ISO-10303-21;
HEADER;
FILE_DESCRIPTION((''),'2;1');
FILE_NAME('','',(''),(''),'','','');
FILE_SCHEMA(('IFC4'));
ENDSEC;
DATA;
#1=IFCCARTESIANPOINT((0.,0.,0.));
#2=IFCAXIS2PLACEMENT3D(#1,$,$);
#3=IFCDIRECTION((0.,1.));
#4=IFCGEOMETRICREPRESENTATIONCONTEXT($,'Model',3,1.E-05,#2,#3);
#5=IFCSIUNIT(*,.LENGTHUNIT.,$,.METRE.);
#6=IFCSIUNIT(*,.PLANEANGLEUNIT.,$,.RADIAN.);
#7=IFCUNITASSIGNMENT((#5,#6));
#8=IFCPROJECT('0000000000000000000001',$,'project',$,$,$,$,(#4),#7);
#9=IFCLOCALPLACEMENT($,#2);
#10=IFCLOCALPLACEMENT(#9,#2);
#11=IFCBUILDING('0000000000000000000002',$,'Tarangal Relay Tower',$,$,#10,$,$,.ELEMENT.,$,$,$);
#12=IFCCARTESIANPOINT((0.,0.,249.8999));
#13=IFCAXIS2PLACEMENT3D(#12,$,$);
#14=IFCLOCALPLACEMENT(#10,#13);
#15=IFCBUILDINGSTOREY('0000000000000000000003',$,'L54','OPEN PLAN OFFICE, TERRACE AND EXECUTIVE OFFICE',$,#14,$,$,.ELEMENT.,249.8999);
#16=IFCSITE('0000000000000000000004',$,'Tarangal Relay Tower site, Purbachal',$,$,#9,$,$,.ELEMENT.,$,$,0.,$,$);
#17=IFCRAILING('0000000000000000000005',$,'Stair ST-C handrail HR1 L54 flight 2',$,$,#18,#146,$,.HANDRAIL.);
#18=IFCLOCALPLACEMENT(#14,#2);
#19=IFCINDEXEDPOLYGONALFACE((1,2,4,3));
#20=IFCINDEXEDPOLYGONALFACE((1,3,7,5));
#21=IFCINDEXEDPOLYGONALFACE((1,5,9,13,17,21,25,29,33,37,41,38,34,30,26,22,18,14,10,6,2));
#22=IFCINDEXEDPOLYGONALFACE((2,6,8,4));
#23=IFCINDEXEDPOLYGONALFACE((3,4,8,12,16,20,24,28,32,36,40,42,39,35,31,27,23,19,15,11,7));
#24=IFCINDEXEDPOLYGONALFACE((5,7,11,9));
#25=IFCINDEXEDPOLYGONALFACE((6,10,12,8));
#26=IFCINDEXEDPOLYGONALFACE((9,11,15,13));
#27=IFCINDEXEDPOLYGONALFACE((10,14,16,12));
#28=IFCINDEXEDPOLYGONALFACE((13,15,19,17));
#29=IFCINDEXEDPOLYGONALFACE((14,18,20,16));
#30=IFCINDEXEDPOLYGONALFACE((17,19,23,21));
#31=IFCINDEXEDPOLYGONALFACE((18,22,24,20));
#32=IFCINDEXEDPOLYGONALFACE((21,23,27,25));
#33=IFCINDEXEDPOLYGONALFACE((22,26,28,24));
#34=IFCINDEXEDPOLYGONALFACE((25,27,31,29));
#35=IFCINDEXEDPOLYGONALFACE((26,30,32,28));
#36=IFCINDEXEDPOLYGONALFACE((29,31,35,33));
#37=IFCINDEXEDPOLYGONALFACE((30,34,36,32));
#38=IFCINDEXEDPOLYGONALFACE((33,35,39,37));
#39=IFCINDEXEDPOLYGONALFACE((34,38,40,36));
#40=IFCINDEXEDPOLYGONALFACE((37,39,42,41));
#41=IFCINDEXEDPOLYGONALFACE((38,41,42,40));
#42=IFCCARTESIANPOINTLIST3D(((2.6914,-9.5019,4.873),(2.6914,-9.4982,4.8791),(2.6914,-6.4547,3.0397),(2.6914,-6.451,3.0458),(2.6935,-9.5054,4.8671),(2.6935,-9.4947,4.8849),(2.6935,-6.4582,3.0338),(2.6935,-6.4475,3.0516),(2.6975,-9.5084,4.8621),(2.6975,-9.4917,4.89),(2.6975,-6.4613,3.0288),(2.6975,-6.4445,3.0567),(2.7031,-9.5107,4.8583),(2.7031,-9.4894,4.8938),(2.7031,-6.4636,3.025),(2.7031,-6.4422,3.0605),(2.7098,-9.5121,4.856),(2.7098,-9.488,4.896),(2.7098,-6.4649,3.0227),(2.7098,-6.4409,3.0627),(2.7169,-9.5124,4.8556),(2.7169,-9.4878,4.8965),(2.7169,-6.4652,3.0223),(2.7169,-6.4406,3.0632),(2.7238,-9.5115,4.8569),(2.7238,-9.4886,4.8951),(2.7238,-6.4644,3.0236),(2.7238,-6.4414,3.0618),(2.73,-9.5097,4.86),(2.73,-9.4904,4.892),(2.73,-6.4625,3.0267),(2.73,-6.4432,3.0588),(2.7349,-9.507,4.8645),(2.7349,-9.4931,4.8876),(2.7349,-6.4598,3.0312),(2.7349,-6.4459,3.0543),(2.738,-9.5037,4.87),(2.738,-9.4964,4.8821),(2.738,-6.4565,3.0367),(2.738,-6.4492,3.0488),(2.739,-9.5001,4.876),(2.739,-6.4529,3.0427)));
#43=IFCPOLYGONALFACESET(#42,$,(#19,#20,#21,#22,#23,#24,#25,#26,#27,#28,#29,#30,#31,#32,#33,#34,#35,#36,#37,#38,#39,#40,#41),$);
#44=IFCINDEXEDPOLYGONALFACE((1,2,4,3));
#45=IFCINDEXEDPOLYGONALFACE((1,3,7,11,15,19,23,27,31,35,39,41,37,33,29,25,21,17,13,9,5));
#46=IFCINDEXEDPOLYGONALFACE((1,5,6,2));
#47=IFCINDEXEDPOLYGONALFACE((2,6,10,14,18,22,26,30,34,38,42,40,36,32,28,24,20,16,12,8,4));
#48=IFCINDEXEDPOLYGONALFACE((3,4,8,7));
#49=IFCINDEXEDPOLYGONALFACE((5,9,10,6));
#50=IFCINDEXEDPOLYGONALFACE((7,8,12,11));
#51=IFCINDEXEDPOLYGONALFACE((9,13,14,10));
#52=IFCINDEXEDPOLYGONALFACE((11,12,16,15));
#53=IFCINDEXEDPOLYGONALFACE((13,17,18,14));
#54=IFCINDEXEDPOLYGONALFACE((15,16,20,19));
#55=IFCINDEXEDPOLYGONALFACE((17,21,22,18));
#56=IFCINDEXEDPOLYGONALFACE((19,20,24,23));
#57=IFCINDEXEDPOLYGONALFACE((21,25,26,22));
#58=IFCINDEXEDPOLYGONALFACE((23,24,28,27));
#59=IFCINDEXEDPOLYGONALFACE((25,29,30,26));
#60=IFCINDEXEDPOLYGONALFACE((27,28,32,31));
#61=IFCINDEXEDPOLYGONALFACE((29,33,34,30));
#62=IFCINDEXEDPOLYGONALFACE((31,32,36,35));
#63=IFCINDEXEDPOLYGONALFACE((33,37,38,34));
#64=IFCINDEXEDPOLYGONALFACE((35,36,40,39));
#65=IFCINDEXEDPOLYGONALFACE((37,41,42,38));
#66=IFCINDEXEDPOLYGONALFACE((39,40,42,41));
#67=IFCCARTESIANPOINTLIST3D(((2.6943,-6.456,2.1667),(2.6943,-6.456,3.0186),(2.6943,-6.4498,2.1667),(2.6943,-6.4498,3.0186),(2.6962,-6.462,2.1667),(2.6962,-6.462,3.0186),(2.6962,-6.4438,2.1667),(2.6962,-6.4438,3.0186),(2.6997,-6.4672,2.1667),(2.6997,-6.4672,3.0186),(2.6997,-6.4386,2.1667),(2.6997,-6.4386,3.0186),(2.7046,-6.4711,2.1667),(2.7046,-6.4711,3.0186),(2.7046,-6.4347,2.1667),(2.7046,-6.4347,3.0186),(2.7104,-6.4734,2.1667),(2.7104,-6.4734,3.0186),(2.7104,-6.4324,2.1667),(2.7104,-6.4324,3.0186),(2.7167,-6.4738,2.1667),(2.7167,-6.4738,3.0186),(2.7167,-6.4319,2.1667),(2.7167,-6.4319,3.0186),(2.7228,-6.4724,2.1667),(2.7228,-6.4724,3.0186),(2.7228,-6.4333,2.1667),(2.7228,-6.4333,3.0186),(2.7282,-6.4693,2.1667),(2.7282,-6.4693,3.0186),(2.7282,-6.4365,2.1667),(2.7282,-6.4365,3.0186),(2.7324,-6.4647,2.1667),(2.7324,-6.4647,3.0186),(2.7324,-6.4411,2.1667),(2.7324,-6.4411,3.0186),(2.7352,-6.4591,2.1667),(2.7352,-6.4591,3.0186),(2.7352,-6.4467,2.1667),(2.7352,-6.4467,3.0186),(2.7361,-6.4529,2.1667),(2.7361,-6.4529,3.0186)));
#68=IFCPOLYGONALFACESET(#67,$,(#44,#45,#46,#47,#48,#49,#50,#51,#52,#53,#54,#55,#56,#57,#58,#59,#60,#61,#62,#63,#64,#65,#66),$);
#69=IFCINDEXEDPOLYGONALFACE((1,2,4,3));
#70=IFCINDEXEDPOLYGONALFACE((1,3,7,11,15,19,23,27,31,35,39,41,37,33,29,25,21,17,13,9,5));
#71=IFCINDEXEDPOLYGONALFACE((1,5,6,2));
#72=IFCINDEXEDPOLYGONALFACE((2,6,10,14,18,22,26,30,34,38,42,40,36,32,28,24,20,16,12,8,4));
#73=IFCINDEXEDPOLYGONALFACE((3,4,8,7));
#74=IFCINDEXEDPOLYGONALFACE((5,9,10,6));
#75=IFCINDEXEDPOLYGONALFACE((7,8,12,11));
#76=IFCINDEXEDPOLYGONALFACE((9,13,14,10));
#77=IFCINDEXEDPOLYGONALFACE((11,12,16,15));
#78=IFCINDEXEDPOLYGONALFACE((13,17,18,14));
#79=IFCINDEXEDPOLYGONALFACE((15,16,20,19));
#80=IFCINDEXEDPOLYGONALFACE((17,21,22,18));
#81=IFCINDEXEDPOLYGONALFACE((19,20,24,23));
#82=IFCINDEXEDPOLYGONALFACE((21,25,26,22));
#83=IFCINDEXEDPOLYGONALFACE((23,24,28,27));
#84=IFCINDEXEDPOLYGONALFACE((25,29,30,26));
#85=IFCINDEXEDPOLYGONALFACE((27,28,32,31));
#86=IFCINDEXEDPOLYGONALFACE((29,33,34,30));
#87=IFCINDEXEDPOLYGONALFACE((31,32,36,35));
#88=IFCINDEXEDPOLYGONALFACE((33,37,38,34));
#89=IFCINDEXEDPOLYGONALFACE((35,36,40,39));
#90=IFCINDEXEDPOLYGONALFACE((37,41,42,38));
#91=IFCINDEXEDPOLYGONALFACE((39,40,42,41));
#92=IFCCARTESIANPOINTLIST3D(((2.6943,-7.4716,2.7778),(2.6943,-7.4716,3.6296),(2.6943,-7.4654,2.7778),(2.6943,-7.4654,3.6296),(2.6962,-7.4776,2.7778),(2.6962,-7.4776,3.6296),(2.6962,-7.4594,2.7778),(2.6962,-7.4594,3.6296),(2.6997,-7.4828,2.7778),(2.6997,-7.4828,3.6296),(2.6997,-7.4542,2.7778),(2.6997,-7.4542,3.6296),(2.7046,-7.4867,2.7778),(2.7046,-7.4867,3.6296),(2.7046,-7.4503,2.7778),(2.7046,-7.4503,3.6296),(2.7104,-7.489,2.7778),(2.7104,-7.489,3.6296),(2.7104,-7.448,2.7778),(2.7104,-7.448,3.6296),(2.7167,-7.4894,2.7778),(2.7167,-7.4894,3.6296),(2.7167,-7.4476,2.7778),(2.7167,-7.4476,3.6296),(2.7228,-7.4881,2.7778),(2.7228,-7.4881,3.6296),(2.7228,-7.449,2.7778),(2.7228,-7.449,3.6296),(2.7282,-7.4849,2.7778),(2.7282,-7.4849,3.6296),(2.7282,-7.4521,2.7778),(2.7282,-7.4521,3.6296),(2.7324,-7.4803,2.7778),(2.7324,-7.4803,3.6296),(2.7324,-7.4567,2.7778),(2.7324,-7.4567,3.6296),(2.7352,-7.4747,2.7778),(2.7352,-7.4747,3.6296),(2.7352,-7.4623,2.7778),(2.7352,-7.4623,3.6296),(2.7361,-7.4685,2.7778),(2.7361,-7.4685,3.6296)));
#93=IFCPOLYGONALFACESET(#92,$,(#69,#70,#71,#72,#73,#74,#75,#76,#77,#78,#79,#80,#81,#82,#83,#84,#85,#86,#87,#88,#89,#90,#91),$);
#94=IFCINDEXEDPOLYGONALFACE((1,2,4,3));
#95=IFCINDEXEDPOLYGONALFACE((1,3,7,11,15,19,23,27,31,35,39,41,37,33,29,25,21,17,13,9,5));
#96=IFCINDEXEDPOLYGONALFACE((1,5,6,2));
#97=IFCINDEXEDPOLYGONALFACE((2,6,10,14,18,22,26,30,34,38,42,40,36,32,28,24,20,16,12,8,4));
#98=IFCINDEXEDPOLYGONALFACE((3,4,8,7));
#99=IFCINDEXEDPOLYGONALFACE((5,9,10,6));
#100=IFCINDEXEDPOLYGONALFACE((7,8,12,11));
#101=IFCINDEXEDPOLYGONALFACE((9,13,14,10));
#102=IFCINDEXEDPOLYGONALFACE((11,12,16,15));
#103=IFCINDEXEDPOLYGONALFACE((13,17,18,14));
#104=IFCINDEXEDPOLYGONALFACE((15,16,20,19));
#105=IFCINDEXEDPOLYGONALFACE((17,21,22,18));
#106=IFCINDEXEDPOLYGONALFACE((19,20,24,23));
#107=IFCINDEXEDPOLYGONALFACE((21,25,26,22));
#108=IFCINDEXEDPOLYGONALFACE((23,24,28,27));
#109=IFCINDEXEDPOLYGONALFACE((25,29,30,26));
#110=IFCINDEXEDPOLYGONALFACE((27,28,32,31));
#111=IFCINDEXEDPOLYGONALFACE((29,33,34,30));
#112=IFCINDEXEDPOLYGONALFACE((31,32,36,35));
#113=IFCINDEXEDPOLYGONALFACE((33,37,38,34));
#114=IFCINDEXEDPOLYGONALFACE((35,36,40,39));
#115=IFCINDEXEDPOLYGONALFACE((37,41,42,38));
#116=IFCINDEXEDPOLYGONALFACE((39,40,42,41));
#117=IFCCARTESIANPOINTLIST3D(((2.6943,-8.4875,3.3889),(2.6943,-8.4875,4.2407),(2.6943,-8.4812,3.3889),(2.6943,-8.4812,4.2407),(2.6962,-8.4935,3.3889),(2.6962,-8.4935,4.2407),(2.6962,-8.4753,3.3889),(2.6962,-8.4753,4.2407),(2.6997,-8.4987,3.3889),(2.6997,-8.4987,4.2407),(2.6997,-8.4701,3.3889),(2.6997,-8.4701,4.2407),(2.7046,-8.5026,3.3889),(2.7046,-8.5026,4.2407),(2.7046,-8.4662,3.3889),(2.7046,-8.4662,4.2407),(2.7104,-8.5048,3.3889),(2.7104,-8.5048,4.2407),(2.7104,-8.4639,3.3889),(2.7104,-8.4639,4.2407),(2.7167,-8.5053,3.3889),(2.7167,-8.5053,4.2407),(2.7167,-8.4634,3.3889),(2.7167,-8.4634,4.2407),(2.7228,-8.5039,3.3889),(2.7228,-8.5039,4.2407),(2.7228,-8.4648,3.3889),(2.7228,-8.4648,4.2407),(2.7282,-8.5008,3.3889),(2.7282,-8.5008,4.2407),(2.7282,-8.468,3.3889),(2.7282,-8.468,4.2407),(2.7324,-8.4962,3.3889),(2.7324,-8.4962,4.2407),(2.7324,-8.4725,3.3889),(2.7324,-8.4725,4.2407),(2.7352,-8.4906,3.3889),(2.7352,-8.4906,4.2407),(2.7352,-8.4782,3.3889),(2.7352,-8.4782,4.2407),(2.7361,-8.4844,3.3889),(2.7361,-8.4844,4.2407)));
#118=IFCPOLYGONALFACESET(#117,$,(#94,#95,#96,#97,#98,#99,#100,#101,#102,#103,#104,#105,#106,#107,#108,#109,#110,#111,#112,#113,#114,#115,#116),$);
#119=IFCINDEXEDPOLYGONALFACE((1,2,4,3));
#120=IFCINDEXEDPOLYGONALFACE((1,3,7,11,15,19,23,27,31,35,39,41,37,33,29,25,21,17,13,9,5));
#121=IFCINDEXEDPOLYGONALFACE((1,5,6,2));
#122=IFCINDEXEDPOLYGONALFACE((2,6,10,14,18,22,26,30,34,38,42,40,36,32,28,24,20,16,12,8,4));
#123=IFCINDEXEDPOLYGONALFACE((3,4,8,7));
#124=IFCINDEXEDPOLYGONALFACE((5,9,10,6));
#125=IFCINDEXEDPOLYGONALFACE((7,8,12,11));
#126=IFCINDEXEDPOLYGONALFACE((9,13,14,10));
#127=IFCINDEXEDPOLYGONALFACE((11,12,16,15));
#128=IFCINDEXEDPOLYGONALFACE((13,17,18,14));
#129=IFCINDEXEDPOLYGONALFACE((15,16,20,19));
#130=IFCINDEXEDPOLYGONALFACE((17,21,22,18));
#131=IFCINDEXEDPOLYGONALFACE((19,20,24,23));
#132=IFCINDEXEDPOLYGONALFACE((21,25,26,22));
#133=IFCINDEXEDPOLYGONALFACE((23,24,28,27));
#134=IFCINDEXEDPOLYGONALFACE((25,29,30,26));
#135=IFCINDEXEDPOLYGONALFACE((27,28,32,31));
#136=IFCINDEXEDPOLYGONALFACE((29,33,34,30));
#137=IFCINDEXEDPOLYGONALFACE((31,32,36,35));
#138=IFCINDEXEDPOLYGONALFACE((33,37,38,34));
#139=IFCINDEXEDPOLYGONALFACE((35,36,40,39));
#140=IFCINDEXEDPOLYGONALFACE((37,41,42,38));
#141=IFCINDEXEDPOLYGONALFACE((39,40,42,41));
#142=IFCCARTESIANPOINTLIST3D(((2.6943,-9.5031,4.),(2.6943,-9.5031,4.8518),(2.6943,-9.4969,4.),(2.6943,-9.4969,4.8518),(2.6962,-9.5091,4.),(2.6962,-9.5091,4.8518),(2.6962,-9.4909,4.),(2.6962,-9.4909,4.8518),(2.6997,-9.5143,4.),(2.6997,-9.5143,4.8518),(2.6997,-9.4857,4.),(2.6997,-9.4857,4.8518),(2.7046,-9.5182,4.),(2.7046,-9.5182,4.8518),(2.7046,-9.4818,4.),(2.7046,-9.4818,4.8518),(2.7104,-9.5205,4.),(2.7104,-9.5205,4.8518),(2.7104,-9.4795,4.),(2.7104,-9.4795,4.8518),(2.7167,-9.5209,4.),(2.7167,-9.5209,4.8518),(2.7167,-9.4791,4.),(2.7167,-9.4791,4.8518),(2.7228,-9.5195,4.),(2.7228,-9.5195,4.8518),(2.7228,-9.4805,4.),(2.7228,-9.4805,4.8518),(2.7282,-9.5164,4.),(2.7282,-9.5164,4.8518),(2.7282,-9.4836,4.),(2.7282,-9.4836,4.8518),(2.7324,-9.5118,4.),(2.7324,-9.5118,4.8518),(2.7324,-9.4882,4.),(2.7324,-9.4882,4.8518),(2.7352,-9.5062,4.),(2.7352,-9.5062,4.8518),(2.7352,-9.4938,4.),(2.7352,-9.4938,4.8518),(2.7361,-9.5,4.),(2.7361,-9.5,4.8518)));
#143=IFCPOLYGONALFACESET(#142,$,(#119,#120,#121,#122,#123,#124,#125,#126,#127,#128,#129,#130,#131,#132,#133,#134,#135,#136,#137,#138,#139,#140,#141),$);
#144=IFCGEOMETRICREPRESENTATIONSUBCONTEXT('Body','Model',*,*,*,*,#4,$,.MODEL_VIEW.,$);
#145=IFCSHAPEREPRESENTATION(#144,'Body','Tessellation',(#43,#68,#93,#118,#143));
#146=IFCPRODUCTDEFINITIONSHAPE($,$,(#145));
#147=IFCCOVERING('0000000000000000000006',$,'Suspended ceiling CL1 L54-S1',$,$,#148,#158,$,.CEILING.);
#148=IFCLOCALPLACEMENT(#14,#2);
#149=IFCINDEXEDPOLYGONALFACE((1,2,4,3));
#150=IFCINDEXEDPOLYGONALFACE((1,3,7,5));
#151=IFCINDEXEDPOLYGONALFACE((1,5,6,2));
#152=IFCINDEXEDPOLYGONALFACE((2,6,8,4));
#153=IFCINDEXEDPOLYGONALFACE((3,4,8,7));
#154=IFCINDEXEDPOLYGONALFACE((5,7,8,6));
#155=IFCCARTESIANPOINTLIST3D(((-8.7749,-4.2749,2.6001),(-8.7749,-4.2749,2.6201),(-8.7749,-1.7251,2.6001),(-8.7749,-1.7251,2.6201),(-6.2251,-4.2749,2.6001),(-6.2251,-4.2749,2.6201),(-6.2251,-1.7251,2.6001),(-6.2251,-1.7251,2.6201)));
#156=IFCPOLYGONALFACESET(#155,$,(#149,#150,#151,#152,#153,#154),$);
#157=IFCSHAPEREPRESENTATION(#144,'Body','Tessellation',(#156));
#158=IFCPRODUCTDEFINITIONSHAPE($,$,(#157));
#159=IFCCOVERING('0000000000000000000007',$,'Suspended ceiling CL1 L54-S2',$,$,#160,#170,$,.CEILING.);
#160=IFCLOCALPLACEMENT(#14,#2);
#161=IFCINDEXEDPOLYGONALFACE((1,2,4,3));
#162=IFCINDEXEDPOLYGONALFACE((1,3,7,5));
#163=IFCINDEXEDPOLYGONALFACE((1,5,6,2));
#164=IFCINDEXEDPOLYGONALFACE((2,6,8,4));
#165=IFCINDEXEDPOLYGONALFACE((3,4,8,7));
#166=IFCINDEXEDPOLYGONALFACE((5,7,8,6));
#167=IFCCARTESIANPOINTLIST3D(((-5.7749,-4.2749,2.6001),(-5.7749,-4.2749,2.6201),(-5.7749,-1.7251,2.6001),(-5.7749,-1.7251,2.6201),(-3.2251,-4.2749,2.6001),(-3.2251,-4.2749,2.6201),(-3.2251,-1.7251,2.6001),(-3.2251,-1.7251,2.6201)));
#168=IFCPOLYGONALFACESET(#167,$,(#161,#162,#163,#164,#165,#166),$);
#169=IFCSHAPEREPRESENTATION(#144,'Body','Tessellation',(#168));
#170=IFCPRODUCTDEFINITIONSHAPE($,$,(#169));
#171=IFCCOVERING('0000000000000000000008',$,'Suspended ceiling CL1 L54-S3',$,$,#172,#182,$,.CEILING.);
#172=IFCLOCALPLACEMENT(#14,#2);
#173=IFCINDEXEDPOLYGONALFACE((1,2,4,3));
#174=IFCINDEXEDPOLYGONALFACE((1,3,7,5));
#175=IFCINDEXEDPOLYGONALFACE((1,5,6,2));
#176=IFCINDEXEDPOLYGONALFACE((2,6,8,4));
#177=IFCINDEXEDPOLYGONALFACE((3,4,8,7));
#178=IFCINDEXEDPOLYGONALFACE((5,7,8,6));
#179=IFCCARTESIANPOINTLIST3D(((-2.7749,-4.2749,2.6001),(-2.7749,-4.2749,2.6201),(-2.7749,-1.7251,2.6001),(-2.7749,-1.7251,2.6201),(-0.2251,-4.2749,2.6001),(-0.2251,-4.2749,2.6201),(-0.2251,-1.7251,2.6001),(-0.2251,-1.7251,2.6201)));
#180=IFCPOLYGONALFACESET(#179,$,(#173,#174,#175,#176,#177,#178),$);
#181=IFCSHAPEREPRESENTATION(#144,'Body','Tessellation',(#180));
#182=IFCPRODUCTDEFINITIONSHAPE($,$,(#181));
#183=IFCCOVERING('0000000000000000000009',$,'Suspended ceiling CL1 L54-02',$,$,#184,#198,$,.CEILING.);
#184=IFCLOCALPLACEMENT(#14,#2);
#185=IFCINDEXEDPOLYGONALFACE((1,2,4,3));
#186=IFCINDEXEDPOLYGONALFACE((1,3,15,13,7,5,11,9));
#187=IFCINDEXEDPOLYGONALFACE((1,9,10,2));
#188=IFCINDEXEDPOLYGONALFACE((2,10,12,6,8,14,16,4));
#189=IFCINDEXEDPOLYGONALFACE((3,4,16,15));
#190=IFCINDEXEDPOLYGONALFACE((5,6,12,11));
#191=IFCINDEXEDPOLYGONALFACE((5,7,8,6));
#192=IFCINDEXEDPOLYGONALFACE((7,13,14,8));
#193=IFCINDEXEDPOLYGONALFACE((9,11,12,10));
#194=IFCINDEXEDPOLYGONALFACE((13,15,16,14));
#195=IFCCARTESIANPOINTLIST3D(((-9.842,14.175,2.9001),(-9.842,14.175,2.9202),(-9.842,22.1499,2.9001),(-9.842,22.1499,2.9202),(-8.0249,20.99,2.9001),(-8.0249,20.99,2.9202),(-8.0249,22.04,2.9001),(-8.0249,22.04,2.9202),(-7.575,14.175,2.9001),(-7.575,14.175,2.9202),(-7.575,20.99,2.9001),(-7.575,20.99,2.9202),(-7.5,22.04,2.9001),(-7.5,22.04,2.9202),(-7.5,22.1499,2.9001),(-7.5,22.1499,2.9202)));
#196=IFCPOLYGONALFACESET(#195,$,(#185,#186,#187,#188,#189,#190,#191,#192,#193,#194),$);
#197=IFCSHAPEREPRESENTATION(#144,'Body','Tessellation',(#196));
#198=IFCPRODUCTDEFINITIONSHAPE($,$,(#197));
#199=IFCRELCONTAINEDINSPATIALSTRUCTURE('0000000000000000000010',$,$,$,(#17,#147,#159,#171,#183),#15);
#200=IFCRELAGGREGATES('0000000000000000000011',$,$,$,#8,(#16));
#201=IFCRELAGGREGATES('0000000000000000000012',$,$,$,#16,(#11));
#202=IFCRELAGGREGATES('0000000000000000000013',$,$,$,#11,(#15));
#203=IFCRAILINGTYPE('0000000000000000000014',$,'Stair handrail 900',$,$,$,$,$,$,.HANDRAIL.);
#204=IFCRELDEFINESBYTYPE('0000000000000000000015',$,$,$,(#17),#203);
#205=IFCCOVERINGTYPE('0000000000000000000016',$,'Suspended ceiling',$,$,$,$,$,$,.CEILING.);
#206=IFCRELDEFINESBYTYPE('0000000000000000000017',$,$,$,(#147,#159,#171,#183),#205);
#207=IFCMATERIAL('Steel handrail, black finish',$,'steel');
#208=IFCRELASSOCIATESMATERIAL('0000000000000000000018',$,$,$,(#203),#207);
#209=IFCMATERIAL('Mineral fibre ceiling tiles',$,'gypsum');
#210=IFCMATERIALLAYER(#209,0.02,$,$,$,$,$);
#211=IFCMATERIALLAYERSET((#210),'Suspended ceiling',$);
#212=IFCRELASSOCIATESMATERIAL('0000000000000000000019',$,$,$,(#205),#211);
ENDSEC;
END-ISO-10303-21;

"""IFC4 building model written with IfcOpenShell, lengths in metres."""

from ifc_helpers import new_model, si_unit, direction, frame, origin, origin_2d, place, context, subcontext, project, spatial, polyline, circle, outline, extrude, material, layer, layer_set, type_object, element, save


model = new_model("IFC4")

# Units and contexts
model_context = context("Model", 3, precision=1e-05, world=origin(), true_north=direction((0.0, 1.0)))
body_context = subcontext(model_context, "Body", "Model", "MODEL_VIEW")
ifc_project = project(units=[si_unit("LENGTHUNIT", "METRE"), si_unit("PLANEANGLEUNIT", "RADIAN")], contexts=[model_context])

# Site, building, storey
site_placement = place(None, origin())
site = spatial("IfcSite", under=ifc_project, at=site_placement, Name="Tarangal Relay Tower site, Purbachal", CompositionType="ELEMENT", RefElevation=0.0)
building_placement = place(site_placement, origin())
building = spatial("IfcBuilding", under=site, at=building_placement, Name="Tarangal Relay Tower", CompositionType="ELEMENT")
storey_placement = place(building_placement, frame((0.0, 0.0, 249.8999)))
storey = spatial("IfcBuildingStorey", under=building, at=storey_placement, Name="L54", Description="OPEN PLAN OFFICE, TERRACE AND EXECUTIVE OFFICE", CompositionType="ELEMENT", Elevation=249.8999)

# Railing
ifc_material_1 = material(Name="Steel handrail, black finish", Category="steel")
railing_type_1 = type_object("IfcRailingType", Name="Stair handrail 900", PredefinedType="HANDRAIL", material=ifc_material_1)
railing_1_placement = place(storey_placement, frame((2.7151, -6.4529, 2.1667)))
element("IfcRailing", 1, at=railing_1_placement, inside=storey, type_object=railing_type_1, Name="Stair ST-C handrail HR1 L54 flight 2", PredefinedType="HANDRAIL", context=body_context, shape_type="SweptSolid", body=[
    extrude(circle(Radius=0.0239, at=origin_2d()), frame((0.0, 0.0, 0.876), z_axis=(0.0, -0.856874, 0.515525), x_axis=(1.0, 0.0, 0.0)), (0.0, 0.0, 1.0), 3.5562),
    extrude(circle(Radius=0.021, at=origin_2d()), origin(), (0.0, 0.0, 1.0), 0.8518),
    extrude(circle(Radius=0.021, at=origin_2d()), frame((0.0, -1.0156, 0.6111)), (0.0, 0.0, 1.0), 0.8518),
    extrude(circle(Radius=0.021, at=origin_2d()), frame((0.0, -2.0315, 1.2222)), (0.0, 0.0, 1.0), 0.8518),
    extrude(circle(Radius=0.021, at=origin_2d()), frame((0.0, -3.0471, 1.8333)), (0.0, 0.0, 1.0), 0.8518),
])

# Coverings
ifc_material_2 = material(Name="Mineral fibre ceiling tiles", Category="gypsum")
ifc_layer_1 = layer(ifc_material_2, 0.02)
ifc_layer_set_1 = layer_set([ifc_layer_1], Name="Suspended ceiling")
covering_type_1 = type_object("IfcCoveringType", Name="Suspended ceiling", PredefinedType="CEILING", material=ifc_layer_set_1)
covering_1_placement = place(storey_placement, frame((0.0, 0.0, 2.6001)))
element("IfcCovering", 2, at=covering_1_placement, inside=storey, type_object=covering_type_1, Name="Suspended ceiling CL1 L54-S1", PredefinedType="CEILING", context=body_context, shape_type="SweptSolid", body=[
    extrude(outline(polyline([(-8.7749, -4.2749), (-6.2251, -4.2749), (-6.2251, -1.7251), (-8.7749, -1.7251), (-8.7749, -4.2749)])), origin(), (0.0, 0.0, 1.0), 0.02),
])
covering_2_placement = place(storey_placement, frame((0.0, 0.0, 2.6001)))
element("IfcCovering", 3, at=covering_2_placement, inside=storey, type_object=covering_type_1, Name="Suspended ceiling CL1 L54-S2", PredefinedType="CEILING", context=body_context, shape_type="SweptSolid", body=[
    extrude(outline(polyline([(-5.7749, -4.2749), (-3.2251, -4.2749), (-3.2251, -1.7251), (-5.7749, -1.7251), (-5.7749, -4.2749)])), origin(), (0.0, 0.0, 1.0), 0.02),
])
covering_3_placement = place(storey_placement, frame((0.0, 0.0, 2.6001)))
element("IfcCovering", 4, at=covering_3_placement, inside=storey, type_object=covering_type_1, Name="Suspended ceiling CL1 L54-S3", PredefinedType="CEILING", context=body_context, shape_type="SweptSolid", body=[
    extrude(outline(polyline([(-2.7749, -4.2749), (-0.2251, -4.2749), (-0.2251, -1.7251), (-2.7749, -1.7251), (-2.7749, -4.2749)])), origin(), (0.0, 0.0, 1.0), 0.02),
])
covering_4_placement = place(storey_placement, frame((0.0, 0.0, 2.9001)))
element("IfcCovering", 5, at=covering_4_placement, inside=storey, type_object=covering_type_1, Name="Suspended ceiling CL1 L54-02", PredefinedType="CEILING", context=body_context, shape_type="SweptSolid", body=[
    extrude(outline(polyline([(-7.5, 22.1499), (-9.842, 22.1499), (-9.842, 14.175), (-7.575, 14.175), (-7.575, 20.99), (-8.0249, 20.99), (-8.0249, 22.04), (-7.5, 22.04), (-7.5, 22.1499)])), origin(), (0.0, 0.0, 1.0), 0.02),
])

save(model, "model.ifc")
